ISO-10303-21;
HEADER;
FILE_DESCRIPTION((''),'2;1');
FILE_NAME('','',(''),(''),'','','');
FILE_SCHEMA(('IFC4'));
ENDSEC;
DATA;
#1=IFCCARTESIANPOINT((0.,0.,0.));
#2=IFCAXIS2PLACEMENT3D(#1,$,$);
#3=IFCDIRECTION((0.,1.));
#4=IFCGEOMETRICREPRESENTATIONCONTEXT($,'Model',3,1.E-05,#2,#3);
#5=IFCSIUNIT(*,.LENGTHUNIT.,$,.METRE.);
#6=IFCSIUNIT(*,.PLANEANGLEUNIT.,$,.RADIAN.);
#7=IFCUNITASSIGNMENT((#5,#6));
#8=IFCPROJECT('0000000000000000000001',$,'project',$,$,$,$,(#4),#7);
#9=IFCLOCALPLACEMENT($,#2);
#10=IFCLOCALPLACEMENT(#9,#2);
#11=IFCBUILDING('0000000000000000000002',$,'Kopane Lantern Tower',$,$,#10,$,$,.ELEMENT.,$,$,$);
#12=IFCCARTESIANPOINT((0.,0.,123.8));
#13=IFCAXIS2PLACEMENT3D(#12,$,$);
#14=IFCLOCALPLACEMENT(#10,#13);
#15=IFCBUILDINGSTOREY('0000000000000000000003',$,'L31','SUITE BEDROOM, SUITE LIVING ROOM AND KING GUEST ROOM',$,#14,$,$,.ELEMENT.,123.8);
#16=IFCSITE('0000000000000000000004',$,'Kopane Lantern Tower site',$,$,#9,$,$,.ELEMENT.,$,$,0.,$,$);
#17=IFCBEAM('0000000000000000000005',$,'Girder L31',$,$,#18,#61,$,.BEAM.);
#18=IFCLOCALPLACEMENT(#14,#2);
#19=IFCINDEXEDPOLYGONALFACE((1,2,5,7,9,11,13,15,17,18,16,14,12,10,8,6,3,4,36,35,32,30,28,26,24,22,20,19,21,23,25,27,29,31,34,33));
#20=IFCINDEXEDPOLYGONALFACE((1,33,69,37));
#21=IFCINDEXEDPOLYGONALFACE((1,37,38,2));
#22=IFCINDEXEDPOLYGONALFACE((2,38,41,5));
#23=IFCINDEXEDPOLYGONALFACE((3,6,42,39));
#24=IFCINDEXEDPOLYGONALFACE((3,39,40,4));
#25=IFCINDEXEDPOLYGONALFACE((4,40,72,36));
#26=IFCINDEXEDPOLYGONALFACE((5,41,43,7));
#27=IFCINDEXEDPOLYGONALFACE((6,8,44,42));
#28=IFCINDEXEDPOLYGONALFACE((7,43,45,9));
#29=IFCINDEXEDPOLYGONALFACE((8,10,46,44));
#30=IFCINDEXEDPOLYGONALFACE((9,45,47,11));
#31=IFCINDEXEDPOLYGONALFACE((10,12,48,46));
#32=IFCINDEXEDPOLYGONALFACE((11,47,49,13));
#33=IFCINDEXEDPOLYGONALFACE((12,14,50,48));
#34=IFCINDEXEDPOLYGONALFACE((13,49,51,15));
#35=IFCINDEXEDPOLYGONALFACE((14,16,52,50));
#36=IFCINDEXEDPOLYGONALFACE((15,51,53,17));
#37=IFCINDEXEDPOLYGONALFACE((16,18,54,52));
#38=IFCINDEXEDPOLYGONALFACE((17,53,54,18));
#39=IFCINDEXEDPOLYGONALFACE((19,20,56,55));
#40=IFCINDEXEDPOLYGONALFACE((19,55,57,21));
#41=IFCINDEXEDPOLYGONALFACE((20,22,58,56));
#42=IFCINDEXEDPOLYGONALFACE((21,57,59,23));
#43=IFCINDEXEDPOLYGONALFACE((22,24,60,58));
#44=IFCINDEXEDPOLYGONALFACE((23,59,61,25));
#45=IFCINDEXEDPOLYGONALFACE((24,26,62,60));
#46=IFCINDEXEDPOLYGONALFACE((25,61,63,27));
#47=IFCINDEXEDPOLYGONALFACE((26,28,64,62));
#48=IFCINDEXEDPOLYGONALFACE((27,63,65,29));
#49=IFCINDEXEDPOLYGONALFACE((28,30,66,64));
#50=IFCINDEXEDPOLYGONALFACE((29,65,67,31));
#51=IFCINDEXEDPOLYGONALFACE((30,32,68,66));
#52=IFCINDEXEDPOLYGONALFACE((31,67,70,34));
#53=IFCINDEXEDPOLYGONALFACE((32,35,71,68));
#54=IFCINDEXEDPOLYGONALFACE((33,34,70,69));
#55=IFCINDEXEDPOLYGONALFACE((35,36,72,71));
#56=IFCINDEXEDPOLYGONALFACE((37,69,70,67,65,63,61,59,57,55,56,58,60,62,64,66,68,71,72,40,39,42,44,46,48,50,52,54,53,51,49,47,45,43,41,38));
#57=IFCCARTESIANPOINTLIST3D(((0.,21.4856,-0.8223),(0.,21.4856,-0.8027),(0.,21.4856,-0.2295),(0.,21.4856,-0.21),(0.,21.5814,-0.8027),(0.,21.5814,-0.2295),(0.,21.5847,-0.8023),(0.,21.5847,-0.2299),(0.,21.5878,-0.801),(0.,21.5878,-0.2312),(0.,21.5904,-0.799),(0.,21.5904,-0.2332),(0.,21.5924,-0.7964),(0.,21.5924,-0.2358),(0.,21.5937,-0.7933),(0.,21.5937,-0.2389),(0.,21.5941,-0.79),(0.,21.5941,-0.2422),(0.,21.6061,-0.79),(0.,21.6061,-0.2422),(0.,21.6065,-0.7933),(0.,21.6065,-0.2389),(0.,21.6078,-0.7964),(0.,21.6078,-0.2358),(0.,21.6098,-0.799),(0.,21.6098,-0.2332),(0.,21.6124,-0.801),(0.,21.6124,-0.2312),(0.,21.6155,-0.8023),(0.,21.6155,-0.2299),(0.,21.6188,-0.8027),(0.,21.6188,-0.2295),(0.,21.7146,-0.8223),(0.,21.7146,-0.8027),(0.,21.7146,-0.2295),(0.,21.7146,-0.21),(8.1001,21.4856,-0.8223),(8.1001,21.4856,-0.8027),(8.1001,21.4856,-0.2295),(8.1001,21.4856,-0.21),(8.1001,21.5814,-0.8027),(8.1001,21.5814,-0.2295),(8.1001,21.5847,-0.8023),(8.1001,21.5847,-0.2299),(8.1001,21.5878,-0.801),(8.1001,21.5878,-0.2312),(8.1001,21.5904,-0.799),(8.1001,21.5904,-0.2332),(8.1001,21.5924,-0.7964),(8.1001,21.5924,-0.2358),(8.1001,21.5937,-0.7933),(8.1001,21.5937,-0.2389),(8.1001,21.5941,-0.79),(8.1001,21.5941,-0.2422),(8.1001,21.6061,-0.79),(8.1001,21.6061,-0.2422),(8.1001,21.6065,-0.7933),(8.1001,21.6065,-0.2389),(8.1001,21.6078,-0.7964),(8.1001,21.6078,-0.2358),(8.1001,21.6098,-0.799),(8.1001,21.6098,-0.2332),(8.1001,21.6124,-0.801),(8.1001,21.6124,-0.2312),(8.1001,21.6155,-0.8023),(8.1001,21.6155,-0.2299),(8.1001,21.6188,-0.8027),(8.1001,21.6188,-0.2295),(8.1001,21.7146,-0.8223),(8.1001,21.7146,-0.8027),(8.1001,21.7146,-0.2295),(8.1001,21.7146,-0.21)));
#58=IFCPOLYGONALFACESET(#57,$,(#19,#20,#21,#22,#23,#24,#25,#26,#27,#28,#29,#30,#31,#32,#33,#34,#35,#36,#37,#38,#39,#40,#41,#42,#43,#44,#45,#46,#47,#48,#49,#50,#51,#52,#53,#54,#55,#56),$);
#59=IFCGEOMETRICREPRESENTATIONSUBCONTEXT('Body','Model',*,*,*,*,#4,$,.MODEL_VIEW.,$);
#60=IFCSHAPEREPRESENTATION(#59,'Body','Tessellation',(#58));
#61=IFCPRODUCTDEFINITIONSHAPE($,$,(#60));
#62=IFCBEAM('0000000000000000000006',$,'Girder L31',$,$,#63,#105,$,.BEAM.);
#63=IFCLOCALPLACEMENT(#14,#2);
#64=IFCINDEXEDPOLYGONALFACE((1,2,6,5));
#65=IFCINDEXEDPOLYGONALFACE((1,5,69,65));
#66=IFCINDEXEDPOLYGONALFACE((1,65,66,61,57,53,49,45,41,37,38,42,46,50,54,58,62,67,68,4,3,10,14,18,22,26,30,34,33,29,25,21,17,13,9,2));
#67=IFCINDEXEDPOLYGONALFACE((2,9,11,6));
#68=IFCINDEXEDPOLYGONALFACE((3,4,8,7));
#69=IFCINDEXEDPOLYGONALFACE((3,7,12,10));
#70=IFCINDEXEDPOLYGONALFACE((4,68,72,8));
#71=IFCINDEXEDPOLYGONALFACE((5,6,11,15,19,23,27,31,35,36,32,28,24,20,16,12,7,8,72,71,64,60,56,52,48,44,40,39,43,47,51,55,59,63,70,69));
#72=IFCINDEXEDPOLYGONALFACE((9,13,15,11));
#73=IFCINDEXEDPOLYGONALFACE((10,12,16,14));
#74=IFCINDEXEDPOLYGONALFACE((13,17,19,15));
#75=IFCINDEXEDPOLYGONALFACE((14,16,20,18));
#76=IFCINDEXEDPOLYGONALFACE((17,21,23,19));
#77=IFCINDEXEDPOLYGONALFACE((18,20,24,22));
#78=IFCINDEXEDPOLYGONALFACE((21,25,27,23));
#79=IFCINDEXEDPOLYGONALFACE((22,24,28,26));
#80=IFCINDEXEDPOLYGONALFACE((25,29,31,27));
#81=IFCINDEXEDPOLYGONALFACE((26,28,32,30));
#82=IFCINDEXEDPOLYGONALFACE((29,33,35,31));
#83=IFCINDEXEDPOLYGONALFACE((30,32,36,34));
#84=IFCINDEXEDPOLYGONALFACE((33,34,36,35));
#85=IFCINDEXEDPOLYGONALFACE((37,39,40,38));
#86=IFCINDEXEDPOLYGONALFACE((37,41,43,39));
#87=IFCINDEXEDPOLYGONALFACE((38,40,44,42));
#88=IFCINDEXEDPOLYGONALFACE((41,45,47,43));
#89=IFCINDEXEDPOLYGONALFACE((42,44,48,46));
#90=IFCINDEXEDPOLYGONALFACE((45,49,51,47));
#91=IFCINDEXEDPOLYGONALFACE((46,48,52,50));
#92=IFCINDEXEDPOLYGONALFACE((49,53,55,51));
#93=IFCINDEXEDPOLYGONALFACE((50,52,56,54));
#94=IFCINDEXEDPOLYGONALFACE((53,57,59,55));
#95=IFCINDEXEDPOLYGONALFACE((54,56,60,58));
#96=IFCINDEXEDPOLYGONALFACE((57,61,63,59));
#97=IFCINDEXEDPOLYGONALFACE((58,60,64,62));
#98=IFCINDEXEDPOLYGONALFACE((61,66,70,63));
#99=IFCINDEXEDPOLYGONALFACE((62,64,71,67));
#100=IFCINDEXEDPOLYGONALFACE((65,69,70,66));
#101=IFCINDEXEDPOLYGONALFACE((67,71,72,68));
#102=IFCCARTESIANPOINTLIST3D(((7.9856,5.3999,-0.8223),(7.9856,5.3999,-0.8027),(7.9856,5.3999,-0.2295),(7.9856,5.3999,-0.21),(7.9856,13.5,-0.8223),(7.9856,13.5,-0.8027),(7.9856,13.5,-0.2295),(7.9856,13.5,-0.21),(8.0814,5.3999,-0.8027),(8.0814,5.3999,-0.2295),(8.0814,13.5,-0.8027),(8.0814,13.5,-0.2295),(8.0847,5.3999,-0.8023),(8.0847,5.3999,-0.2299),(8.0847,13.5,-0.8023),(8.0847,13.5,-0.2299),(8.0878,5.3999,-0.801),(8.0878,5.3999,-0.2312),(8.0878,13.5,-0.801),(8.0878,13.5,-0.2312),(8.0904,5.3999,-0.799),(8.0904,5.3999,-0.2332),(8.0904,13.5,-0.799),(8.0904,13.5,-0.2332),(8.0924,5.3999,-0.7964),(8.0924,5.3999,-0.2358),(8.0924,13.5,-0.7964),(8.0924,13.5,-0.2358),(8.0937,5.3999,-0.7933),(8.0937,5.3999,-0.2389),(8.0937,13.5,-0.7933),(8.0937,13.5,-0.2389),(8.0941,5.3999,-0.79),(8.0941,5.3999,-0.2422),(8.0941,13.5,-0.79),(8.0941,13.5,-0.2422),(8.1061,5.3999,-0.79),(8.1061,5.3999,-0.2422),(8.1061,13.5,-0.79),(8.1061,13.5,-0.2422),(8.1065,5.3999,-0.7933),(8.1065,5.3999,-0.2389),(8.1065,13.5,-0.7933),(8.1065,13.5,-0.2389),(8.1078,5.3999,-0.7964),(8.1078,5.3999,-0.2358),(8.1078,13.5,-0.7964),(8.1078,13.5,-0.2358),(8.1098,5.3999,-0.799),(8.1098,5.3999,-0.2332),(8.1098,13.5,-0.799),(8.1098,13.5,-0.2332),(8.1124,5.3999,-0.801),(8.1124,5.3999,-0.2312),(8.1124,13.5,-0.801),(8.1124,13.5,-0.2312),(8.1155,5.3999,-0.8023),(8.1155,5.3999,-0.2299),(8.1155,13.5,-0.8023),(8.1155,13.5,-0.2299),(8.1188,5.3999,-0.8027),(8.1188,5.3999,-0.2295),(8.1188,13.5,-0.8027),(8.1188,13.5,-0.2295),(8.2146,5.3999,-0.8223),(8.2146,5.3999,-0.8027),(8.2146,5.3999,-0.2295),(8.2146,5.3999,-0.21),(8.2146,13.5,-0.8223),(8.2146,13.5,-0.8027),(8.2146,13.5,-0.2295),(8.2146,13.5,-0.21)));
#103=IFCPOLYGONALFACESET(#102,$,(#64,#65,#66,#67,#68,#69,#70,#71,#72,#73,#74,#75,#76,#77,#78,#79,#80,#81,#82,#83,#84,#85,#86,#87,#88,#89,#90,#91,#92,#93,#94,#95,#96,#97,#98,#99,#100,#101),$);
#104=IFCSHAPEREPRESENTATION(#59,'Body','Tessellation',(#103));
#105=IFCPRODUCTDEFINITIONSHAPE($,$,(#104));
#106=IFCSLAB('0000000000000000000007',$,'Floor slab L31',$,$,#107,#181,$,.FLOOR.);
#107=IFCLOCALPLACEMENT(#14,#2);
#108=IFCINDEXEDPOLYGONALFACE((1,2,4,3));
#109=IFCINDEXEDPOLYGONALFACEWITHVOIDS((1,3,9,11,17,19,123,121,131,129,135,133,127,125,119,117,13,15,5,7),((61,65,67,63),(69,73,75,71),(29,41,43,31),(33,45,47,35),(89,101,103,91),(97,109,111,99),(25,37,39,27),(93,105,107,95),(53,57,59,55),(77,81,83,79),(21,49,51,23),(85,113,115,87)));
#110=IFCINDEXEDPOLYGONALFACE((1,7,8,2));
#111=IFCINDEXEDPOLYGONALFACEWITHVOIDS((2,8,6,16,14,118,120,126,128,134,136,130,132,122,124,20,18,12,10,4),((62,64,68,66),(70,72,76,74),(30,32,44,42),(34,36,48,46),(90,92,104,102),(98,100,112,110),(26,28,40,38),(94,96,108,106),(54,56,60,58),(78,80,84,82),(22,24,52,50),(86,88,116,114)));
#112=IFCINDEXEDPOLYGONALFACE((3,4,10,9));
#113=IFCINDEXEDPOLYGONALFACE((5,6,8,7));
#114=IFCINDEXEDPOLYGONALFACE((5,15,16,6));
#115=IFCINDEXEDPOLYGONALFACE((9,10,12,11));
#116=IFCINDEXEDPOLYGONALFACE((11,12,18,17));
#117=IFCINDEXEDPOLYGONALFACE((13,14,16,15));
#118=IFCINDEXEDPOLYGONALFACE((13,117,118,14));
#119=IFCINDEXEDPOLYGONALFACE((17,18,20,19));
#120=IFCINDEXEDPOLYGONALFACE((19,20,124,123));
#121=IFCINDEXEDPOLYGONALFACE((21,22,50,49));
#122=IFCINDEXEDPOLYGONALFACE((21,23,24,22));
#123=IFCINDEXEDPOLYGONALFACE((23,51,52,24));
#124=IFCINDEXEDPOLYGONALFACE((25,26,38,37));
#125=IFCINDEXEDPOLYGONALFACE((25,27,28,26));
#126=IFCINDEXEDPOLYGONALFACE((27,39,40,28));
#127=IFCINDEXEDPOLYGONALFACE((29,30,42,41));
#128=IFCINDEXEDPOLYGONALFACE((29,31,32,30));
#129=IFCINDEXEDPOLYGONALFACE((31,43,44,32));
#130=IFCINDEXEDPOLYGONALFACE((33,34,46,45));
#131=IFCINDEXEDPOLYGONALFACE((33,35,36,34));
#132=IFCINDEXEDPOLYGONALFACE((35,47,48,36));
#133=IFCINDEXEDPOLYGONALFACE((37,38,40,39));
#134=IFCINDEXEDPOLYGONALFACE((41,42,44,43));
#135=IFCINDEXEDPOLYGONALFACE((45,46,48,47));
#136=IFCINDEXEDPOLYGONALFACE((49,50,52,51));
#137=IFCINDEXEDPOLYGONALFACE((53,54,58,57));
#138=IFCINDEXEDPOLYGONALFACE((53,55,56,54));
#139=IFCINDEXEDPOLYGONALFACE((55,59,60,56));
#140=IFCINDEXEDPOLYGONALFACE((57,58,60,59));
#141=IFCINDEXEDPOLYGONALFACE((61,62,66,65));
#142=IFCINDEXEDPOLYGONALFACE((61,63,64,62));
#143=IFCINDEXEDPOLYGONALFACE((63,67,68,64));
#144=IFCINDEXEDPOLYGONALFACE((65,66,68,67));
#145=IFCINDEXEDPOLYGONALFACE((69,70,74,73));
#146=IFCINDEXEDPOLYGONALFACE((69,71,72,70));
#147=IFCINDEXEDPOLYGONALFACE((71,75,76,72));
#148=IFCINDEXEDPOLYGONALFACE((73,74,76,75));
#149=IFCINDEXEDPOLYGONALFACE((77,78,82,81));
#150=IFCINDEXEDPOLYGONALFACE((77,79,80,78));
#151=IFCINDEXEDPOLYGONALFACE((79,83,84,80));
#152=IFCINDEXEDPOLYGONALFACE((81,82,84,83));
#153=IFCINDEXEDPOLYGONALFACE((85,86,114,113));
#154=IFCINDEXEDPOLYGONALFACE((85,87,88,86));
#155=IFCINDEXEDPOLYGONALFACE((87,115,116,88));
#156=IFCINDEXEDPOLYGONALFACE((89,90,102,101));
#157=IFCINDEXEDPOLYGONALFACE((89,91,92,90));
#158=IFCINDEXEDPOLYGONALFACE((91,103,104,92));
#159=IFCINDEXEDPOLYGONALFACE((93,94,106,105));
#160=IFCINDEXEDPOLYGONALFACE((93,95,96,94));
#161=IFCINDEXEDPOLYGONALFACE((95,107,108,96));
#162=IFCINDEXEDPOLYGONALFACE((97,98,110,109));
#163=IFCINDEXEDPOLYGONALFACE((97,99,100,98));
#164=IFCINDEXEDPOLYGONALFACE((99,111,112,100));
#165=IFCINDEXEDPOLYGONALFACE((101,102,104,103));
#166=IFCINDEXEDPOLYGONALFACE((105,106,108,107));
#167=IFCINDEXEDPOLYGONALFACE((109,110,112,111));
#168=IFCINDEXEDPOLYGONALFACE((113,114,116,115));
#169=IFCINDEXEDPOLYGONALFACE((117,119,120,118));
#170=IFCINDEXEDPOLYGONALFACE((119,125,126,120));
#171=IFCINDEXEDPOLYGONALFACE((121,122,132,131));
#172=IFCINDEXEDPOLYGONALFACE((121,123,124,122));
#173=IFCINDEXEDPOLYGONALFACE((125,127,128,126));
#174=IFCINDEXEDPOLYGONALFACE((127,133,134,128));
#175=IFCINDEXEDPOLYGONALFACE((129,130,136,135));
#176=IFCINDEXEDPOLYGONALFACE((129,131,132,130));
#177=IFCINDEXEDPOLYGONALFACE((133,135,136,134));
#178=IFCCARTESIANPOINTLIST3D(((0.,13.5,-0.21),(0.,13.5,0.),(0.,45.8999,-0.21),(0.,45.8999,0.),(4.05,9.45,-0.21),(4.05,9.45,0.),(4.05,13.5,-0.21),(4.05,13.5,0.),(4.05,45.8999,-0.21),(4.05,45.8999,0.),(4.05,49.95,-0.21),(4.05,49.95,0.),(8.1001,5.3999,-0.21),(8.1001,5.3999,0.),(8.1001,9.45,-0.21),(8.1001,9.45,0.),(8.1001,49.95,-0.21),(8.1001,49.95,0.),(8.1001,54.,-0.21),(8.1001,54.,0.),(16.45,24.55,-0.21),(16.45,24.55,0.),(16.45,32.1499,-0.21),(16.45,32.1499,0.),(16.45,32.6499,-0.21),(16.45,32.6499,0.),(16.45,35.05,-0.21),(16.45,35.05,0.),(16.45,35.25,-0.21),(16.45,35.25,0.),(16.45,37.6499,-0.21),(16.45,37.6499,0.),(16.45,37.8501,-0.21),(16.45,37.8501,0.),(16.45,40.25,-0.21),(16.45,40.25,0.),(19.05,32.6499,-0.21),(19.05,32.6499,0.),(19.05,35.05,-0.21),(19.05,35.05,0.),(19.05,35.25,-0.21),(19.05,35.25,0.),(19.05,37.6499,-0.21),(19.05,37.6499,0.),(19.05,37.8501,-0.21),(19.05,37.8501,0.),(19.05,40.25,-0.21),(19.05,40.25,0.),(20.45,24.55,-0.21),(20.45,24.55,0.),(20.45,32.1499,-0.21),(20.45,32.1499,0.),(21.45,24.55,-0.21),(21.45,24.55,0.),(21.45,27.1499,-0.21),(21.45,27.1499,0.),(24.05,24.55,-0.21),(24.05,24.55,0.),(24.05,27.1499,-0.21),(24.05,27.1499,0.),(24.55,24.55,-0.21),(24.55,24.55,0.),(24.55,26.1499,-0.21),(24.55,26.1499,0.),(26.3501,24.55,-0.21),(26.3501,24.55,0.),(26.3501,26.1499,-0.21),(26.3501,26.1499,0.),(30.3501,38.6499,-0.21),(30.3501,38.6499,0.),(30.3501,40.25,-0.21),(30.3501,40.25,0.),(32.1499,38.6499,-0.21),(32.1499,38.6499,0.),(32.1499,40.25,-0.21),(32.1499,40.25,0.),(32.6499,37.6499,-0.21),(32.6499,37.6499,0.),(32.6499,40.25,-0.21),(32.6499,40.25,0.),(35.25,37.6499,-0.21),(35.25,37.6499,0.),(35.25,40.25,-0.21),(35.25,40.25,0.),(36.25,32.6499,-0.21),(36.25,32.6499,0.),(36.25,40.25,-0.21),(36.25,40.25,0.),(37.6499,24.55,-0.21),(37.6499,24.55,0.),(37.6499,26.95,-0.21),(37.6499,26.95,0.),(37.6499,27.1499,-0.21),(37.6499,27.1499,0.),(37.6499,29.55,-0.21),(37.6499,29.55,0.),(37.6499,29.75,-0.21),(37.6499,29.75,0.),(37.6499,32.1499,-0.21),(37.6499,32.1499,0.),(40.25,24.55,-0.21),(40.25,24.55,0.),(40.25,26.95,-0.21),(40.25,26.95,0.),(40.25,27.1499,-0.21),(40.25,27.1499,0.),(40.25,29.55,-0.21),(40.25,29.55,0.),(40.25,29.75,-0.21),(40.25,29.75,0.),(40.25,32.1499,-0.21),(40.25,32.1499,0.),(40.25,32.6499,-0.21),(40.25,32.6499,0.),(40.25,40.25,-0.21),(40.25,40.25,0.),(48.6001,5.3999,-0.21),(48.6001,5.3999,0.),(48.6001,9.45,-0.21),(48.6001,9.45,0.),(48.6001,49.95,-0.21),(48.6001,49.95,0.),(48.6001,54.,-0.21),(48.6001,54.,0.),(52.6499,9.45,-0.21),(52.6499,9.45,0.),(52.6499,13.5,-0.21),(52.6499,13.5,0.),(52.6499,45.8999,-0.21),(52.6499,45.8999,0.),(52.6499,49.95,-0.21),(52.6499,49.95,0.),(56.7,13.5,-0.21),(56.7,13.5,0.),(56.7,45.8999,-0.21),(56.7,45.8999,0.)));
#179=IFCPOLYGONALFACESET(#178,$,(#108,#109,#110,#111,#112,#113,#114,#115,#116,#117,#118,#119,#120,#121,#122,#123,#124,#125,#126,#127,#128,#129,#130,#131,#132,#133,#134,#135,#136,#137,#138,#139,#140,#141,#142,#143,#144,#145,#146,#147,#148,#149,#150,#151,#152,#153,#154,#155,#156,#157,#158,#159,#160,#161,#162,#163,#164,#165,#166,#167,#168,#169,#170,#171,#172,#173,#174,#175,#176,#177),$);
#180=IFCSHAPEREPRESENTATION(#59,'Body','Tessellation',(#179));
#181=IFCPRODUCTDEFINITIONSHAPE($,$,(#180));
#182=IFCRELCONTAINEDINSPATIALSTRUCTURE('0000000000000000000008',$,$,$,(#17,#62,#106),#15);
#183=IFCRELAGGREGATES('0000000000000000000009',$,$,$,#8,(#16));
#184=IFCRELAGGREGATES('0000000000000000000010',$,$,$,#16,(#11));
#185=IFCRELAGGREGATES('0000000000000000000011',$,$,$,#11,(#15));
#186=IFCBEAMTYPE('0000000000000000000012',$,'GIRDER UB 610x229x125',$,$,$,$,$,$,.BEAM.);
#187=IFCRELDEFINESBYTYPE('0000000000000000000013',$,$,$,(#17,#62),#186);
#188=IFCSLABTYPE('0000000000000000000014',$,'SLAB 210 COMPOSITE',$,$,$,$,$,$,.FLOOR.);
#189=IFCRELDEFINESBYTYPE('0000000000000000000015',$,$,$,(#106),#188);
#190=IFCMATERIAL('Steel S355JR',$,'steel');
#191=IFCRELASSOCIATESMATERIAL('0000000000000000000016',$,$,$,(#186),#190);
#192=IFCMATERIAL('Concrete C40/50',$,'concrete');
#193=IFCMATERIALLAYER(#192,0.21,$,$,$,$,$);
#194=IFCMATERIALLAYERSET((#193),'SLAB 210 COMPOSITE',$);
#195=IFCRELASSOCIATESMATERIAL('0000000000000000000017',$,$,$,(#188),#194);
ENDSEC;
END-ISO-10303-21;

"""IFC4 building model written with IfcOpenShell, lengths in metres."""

from ifc_helpers import new_model, si_unit, direction, frame, origin, origin_2d, place, context, subcontext, project, spatial, polyline, i_section, outline, extrude, material, layer, layer_set, material_profile, profile_set, type_object, element, save


model = new_model("IFC4")

# Units and contexts
model_context = context("Model", 3, precision=1e-05, world=origin(), true_north=direction((0.0, 1.0)))
body_context = subcontext(model_context, "Body", "Model", "MODEL_VIEW")
ifc_project = project(units=[si_unit("LENGTHUNIT", "METRE"), si_unit("PLANEANGLEUNIT", "RADIAN")], contexts=[model_context])

# Site, building, storey
site_placement = place(None, origin())
site = spatial("IfcSite", under=ifc_project, at=site_placement, Name="Kopane Lantern Tower site", CompositionType="ELEMENT", RefElevation=0.0)
building_placement = place(site_placement, origin())
building = spatial("IfcBuilding", under=site, at=building_placement, Name="Kopane Lantern Tower", CompositionType="ELEMENT")
storey_placement = place(building_placement, frame((0.0, 0.0, 123.8)))
storey = spatial("IfcBuildingStorey", under=building, at=storey_placement, Name="L31", Description="SUITE BEDROOM, SUITE LIVING ROOM AND KING GUEST ROOM", CompositionType="ELEMENT", Elevation=123.8)

# Beams
ifc_material_1 = material(Name="Steel S355JR", Category="steel")
ifc_material_profile_1 = material_profile(ifc_material_1, i_section(OverallWidth=0.229, OverallDepth=0.6123, WebThickness=0.012, FlangeThickness=0.0195, FilletRadius=0.0127, at=origin_2d()), Name="UB 610x229x125")
ifc_profile_set_1 = profile_set([ifc_material_profile_1], Name="Steel S355JR")
beam_type_1 = type_object("IfcBeamType", Name="GIRDER UB 610x229x125", PredefinedType="BEAM", material=ifc_profile_set_1)
for number, where, z_axis, x_axis, name in (
    (1, (0.0, 21.6001, -0.5161), (1.0, 0.0, 0.0), (0.0, 1.0, 0.0), "Girder L31"),
    (2, (8.1001, 5.3999, -0.5161), (0.0, 1.0, 0.0), (-1.0, 0.0, 0.0), "Girder L31"),
):
    element("IfcBeam", number, at=place(storey_placement, frame(where, z_axis=z_axis, x_axis=x_axis)), inside=storey, type_object=beam_type_1, Name=name, PredefinedType="BEAM", context=body_context, shape_type="SweptSolid", body=[
        extrude(i_section(OverallWidth=0.229, OverallDepth=0.6123, WebThickness=0.012, FlangeThickness=0.0195, FilletRadius=0.0127, at=origin_2d()), origin(), (0.0, 0.0, 1.0), 8.1001),
    ])

# Slab
ifc_material_2 = material(Name="Concrete C40/50", Category="concrete")
ifc_layer_1 = layer(ifc_material_2, 0.21)
ifc_layer_set_1 = layer_set([ifc_layer_1], Name="SLAB 210 COMPOSITE")
slab_type_1 = type_object("IfcSlabType", Name="SLAB 210 COMPOSITE", PredefinedType="FLOOR", material=ifc_layer_set_1)
slab_1_placement = place(storey_placement, frame((0.0, 0.0, -0.21)))
element("IfcSlab", 3, at=slab_1_placement, inside=storey, type_object=slab_type_1, Name="Floor slab L31", PredefinedType="FLOOR", context=body_context, shape_type="SweptSolid", body=[
    extrude(outline(polyline([(8.1001, 5.3999), (48.6001, 5.3999), (48.6001, 9.45), (52.6499, 9.45), (52.6499, 13.5), (56.7, 13.5), (56.7, 45.8999), (52.6499, 45.8999), (52.6499, 49.95), (48.6001, 49.95), (48.6001, 54.0), (8.1001, 54.0), (8.1001, 49.95), (4.05, 49.95), (4.05, 45.8999), (0.0, 45.8999), (0.0, 13.5), (4.05, 13.5), (4.05, 9.45), (8.1001, 9.45), (8.1001, 5.3999)]), holes=[polyline([(16.45, 24.55), (20.45, 24.55), (20.45, 32.1499), (16.45, 32.1499), (16.45, 24.55)]), polyline([(36.25, 32.6499), (40.25, 32.6499), (40.25, 40.25), (36.25, 40.25), (36.25, 32.6499)]), polyline([(16.45, 32.6499), (19.05, 32.6499), (19.05, 35.05), (16.45, 35.05), (16.45, 32.6499)]), polyline([(16.45, 35.25), (19.05, 35.25), (19.05, 37.6499), (16.45, 37.6499), (16.45, 35.25)]), polyline([(16.45, 37.8501), (19.05, 37.8501), (19.05, 40.25), (16.45, 40.25), (16.45, 37.8501)]), polyline([(37.6499, 24.55), (40.25, 24.55), (40.25, 26.95), (37.6499, 26.95), (37.6499, 24.55)]), polyline([(37.6499, 27.1499), (40.25, 27.1499), (40.25, 29.55), (37.6499, 29.55), (37.6499, 27.1499)]), polyline([(37.6499, 29.75), (40.25, 29.75), (40.25, 32.1499), (37.6499, 32.1499), (37.6499, 29.75)]), polyline([(21.45, 24.55), (24.05, 24.55), (24.05, 27.1499), (21.45, 27.1499), (21.45, 24.55)]), polyline([(32.6499, 37.6499), (35.25, 37.6499), (35.25, 40.25), (32.6499, 40.25), (32.6499, 37.6499)]), polyline([(24.55, 24.55), (26.3501, 24.55), (26.3501, 26.1499), (24.55, 26.1499), (24.55, 24.55)]), polyline([(30.3501, 38.6499), (32.1499, 38.6499), (32.1499, 40.25), (30.3501, 40.25), (30.3501, 38.6499)])]), origin(), (0.0, 0.0, 1.0), 0.21),
])

save(model, "model.ifc")
